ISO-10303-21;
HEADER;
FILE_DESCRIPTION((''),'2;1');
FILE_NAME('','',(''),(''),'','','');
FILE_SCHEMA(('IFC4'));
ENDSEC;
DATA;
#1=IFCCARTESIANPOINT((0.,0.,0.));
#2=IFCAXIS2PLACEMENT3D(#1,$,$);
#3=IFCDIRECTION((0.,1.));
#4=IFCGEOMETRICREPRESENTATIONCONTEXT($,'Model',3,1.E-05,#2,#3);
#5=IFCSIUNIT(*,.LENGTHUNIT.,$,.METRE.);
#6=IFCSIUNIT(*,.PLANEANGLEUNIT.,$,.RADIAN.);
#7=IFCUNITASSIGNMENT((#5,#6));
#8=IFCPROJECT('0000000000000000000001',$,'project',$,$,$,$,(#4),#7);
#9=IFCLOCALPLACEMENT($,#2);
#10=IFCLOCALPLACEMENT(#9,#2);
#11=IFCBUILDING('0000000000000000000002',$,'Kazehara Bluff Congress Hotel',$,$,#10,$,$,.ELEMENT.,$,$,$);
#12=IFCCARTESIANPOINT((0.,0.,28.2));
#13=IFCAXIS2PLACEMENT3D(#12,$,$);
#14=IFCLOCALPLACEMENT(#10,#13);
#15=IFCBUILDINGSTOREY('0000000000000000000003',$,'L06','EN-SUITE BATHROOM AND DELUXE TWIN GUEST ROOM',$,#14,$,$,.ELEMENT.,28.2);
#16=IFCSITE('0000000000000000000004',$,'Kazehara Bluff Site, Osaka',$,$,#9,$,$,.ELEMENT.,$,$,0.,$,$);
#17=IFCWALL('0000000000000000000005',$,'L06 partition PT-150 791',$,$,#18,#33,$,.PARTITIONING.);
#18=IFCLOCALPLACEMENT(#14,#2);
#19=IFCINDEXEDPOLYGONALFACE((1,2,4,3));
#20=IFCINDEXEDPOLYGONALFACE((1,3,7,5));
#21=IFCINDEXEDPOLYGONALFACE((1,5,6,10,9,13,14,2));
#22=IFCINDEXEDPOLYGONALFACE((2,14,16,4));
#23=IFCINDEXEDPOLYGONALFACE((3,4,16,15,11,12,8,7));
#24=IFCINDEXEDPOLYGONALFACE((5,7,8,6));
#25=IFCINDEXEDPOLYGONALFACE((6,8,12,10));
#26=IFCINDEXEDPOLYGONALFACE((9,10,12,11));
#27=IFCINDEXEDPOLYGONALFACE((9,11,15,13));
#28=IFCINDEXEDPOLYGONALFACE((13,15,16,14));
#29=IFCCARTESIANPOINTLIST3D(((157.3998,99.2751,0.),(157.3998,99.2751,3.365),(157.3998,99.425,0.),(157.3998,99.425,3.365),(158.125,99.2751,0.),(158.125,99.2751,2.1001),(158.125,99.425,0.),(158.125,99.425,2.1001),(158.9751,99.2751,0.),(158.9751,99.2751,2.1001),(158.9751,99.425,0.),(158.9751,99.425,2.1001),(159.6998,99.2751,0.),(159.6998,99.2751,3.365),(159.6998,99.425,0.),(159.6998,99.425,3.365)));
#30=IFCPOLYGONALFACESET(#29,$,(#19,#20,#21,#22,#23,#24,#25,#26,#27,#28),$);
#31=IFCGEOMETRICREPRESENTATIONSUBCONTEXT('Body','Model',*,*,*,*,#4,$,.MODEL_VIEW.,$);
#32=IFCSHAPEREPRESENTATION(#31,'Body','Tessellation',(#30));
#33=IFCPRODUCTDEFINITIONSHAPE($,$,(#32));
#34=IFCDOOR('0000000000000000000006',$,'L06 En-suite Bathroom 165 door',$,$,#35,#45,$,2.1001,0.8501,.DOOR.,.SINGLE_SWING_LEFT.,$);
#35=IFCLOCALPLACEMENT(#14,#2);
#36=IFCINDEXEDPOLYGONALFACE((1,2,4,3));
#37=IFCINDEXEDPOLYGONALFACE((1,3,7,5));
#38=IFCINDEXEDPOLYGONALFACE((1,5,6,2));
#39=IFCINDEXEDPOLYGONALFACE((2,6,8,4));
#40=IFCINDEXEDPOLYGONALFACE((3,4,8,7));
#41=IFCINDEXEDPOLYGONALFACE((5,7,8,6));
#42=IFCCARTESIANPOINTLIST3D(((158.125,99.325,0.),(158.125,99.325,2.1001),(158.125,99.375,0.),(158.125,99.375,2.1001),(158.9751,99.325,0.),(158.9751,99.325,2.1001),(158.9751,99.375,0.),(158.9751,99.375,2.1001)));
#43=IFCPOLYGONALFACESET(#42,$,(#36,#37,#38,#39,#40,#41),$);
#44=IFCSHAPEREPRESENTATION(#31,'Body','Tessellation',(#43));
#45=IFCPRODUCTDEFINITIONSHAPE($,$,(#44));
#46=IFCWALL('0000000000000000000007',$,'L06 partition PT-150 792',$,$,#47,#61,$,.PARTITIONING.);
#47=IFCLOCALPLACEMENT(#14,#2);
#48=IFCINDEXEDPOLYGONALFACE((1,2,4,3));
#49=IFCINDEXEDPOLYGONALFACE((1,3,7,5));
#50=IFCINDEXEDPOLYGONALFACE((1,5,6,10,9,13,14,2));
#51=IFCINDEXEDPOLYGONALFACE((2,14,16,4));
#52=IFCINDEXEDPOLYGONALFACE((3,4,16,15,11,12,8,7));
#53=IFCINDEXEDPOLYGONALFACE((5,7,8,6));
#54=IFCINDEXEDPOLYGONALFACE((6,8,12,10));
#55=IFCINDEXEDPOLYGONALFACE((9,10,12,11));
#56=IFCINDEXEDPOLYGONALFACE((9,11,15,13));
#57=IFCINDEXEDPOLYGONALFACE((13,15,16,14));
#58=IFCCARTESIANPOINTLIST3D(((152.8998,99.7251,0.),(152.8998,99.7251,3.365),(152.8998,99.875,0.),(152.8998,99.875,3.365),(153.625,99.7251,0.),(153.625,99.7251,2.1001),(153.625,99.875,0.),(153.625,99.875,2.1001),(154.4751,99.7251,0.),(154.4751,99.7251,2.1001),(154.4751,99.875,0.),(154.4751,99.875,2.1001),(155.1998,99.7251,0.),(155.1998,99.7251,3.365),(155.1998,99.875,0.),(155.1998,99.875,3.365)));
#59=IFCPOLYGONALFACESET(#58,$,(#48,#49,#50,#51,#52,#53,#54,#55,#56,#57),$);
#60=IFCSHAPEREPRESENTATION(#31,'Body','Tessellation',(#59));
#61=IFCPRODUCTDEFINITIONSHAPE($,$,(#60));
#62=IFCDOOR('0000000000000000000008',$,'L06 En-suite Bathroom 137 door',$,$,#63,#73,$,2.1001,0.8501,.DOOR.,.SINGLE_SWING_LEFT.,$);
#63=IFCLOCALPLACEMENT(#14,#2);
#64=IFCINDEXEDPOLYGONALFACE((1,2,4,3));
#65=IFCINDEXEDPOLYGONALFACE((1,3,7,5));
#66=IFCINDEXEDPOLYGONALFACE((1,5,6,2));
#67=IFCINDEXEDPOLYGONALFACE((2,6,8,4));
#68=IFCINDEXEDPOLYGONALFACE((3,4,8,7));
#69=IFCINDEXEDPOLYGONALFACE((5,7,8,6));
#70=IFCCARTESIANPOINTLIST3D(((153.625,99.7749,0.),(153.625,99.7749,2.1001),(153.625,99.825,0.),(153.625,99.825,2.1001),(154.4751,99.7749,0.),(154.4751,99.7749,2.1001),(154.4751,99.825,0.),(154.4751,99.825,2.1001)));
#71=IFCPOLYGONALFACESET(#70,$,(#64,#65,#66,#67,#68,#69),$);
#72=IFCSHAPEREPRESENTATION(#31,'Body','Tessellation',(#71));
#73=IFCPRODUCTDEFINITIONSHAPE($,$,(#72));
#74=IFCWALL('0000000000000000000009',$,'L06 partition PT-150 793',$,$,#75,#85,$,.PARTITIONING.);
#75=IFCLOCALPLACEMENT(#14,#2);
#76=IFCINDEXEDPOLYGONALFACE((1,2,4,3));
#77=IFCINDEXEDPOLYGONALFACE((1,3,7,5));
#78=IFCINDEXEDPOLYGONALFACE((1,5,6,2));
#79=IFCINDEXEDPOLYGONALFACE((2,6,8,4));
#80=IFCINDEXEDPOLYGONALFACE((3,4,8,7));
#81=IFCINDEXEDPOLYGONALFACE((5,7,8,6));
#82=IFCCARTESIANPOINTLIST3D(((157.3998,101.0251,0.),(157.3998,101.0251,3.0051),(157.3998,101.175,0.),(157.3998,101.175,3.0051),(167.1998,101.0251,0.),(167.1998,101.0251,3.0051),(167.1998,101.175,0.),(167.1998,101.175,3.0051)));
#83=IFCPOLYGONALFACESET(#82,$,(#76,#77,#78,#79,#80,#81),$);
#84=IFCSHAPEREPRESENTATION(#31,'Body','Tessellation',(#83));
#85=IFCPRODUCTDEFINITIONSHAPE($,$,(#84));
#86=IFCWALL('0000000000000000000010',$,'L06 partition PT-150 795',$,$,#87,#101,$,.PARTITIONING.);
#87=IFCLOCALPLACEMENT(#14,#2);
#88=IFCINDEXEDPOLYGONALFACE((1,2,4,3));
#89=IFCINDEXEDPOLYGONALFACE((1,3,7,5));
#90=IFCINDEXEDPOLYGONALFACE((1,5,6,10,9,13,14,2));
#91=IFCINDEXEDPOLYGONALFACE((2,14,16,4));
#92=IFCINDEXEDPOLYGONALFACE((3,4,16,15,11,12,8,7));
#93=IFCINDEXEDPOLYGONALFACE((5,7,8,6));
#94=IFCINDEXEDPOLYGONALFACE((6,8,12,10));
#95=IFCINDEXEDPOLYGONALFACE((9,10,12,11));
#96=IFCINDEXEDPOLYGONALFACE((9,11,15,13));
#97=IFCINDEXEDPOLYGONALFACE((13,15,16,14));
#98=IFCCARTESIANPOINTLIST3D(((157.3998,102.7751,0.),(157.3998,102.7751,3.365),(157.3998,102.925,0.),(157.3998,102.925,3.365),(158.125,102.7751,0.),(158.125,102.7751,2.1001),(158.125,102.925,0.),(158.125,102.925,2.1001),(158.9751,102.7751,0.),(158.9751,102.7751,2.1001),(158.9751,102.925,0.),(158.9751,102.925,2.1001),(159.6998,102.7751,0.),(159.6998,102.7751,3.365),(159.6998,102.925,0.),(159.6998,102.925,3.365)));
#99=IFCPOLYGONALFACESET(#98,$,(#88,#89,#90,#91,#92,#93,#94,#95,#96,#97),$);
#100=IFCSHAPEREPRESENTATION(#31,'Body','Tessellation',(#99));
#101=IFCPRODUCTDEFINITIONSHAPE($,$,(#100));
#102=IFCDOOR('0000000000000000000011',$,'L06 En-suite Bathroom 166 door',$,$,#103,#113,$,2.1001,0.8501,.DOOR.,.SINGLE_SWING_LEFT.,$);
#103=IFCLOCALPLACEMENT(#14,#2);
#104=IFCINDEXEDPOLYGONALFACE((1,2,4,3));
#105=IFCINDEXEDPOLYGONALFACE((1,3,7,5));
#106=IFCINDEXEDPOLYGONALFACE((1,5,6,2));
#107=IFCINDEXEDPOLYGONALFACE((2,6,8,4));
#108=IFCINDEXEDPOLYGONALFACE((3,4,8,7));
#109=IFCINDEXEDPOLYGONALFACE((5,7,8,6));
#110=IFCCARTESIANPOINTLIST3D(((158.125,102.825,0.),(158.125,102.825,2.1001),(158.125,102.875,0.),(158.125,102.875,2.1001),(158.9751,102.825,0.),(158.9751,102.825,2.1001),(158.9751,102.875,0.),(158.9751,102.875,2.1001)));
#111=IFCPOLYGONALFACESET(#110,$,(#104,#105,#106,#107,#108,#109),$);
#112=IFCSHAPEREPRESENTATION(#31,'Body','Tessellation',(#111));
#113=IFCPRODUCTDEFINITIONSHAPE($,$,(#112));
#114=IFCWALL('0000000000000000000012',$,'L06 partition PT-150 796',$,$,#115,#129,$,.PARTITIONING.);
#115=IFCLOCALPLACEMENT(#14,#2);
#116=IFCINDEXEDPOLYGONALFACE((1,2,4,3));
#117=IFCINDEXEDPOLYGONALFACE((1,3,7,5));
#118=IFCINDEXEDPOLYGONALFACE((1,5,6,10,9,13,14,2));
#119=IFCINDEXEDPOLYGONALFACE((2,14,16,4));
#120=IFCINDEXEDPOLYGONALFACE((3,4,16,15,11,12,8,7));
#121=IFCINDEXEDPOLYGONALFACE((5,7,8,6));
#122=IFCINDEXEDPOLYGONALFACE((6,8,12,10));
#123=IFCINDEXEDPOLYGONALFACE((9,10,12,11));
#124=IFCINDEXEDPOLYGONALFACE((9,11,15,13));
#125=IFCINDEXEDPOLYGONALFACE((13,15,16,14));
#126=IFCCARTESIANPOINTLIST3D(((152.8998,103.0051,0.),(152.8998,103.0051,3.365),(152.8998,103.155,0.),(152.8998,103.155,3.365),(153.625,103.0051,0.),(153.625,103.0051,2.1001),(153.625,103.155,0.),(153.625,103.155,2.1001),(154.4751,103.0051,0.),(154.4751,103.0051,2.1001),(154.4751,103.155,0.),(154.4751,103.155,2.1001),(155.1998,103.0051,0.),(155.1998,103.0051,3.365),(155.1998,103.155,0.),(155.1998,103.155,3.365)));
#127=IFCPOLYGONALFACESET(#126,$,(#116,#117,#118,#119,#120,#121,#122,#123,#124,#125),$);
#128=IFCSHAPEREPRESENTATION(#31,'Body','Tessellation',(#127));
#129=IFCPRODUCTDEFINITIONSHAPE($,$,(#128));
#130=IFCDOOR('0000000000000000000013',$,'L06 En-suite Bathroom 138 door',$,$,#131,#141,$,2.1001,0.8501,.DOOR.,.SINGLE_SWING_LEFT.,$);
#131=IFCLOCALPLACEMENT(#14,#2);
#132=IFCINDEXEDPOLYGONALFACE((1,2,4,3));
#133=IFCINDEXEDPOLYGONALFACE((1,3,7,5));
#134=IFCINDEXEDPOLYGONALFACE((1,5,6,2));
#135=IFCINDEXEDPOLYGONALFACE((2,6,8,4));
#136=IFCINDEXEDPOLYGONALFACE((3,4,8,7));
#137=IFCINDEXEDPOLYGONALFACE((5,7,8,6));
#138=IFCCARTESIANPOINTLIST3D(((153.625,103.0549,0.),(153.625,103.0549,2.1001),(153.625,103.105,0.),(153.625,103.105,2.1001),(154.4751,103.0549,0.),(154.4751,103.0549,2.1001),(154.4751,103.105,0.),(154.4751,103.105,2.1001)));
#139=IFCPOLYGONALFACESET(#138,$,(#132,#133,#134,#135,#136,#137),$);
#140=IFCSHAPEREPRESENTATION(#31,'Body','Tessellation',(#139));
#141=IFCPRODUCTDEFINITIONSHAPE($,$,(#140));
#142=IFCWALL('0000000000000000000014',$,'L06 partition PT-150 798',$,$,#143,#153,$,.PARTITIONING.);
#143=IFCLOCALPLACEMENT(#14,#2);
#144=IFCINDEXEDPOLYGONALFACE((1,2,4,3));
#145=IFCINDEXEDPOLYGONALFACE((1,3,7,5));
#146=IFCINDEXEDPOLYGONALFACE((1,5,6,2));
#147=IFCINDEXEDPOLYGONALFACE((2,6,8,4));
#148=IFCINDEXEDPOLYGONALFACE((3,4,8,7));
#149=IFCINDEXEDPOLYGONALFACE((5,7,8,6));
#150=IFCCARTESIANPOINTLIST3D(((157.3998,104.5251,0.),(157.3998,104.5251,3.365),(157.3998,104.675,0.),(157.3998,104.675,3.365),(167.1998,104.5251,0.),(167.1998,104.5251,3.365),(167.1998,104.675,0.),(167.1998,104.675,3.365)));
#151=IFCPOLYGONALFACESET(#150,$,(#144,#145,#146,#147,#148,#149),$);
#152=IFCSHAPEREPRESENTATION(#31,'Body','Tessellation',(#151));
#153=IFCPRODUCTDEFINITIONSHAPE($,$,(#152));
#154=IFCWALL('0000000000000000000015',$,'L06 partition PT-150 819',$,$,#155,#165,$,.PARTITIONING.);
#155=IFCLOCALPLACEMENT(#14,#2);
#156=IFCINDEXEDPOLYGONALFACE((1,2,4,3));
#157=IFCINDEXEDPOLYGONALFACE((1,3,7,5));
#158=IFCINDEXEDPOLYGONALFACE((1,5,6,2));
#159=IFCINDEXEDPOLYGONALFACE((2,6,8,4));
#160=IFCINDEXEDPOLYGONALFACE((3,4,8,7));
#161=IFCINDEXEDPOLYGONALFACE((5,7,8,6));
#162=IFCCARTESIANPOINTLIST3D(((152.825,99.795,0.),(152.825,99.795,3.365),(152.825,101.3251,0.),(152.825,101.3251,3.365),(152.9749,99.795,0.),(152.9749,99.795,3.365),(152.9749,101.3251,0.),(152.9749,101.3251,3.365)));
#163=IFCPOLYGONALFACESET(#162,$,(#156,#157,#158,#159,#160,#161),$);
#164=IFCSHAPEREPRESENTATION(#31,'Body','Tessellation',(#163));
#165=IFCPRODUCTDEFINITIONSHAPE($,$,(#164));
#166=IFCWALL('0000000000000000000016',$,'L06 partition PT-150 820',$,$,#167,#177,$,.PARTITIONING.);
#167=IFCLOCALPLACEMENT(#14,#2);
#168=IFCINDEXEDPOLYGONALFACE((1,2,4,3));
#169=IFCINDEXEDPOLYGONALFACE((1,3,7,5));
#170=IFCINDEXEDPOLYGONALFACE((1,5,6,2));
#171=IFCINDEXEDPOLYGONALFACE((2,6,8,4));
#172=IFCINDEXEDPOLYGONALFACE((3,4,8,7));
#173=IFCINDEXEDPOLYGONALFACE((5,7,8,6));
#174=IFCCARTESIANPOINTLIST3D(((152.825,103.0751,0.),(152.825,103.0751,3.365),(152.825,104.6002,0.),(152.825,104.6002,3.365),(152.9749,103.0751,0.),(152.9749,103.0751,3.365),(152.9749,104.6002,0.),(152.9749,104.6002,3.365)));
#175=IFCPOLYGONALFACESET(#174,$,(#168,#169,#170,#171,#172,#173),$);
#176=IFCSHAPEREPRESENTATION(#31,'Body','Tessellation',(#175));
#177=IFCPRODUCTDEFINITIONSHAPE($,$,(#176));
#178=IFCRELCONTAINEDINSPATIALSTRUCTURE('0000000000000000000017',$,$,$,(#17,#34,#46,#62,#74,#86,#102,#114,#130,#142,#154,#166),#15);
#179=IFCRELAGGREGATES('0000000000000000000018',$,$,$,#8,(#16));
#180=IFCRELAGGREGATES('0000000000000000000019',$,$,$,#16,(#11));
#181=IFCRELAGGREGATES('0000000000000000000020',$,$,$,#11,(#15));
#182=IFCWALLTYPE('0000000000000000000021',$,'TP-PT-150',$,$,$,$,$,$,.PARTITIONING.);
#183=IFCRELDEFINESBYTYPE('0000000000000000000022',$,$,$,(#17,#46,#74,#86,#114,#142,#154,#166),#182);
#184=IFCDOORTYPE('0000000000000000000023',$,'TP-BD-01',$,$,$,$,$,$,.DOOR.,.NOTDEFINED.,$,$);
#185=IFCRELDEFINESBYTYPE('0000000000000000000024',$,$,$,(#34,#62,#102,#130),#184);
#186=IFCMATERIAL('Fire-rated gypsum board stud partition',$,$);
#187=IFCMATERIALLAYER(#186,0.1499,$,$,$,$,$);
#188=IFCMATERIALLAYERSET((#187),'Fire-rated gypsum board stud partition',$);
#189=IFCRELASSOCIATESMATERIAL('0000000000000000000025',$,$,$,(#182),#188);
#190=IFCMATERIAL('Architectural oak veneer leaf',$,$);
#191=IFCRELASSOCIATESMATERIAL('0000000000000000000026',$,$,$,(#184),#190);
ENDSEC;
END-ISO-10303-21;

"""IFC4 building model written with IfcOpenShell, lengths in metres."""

from ifc_helpers import new_model, si_unit, direction, frame, frame_2d, origin, place, context, subcontext, project, spatial, rectangle, extrude, material, layer, layer_set, type_object, element, fill, save


model = new_model("IFC4")

# Units and contexts
model_context = context("Model", 3, precision=1e-05, world=origin(), true_north=direction((0.0, 1.0)))
body_context = subcontext(model_context, "Body", "Model", "MODEL_VIEW")
ifc_project = project(units=[si_unit("LENGTHUNIT", "METRE"), si_unit("PLANEANGLEUNIT", "RADIAN")], contexts=[model_context])

# Site, building, storey
site_placement = place(None, origin())
site = spatial("IfcSite", under=ifc_project, at=site_placement, Name="Kazehara Bluff Site, Osaka", CompositionType="ELEMENT", RefElevation=0.0)
building_placement = place(site_placement, origin())
building = spatial("IfcBuilding", under=site, at=building_placement, Name="Kazehara Bluff Congress Hotel", CompositionType="ELEMENT")
storey_placement = place(building_placement, frame((0.0, 0.0, 28.2)))
storey = spatial("IfcBuildingStorey", under=building, at=storey_placement, Name="L06", Description="EN-SUITE BATHROOM AND DELUXE TWIN GUEST ROOM", CompositionType="ELEMENT", Elevation=28.2)

# Shared definitions
ifc_material_1 = material(Name="Fire-rated gypsum board stud partition")
ifc_layer_1 = layer(ifc_material_1, 0.1499)
ifc_layer_set_1 = layer_set([ifc_layer_1], Name="Fire-rated gypsum board stud partition")
wall_type_1 = type_object("IfcWallType", Name="TP-PT-150", PredefinedType="PARTITIONING", material=ifc_layer_set_1)

# Walls, openings, doors
wall_1_placement = place(storey_placement, frame((157.3999, 99.3501, 0.0), z_axis=(0.0, 0.0, 1.0), x_axis=(1.0, 0.0, 0.0)))
wall_1 = element("IfcWall", 1, at=wall_1_placement, inside=storey, type_object=wall_type_1, Name="L06 partition PT-150 791", PredefinedType="PARTITIONING", context=body_context, shape_type="SweptSolid", body=[
    extrude(rectangle(XDim=2.3, YDim=0.1499, at=frame_2d((1.1499, 0.0))), origin(), (0.0, 0.0, 1.0), 3.365),
])
opening_1_placement = place(wall_1_placement, frame((0.7251, 0.0, 0.0)))
opening_1 = element("IfcOpeningElement", 2, at=opening_1_placement, cuts=wall_1, PredefinedType="OPENING", context=body_context, shape_type="SweptSolid", body=[
    extrude(rectangle(XDim=0.8501, YDim=2.1001, at=frame_2d((0.425, 1.05))), frame((0.0, 0.085, 0.0), z_axis=(0.0, -1.0, 0.0), x_axis=(1.0, 0.0, 0.0)), (0.0, 0.0, 1.0), 0.1699),
])
ifc_material_2 = material(Name="Architectural oak veneer leaf")
door_type = type_object("IfcDoorType", Name="TP-BD-01", OperationType="NOTDEFINED", PredefinedType="DOOR", material=ifc_material_2)
door_1_placement = place(opening_1_placement, origin())
door_1 = element("IfcDoor", 3, at=door_1_placement, inside=storey, type_object=door_type, Name="L06 En-suite Bathroom 165 door", OperationType="SINGLE_SWING_LEFT", OverallHeight=2.1001, OverallWidth=0.8501, PredefinedType="DOOR", context=body_context, shape_type="SweptSolid", body=[
    extrude(rectangle(XDim=0.8501, YDim=2.1001, at=frame_2d((0.425, 1.05))), frame((0.0, 0.0249, 0.0), z_axis=(0.0, -1.0, 0.0), x_axis=(1.0, 0.0, 0.0)), (0.0, 0.0, 1.0), 0.05),
])
fill(opening_1, door_1)
wall_2_placement = place(storey_placement, frame((152.8999, 99.8, 0.0), z_axis=(0.0, 0.0, 1.0), x_axis=(1.0, 0.0, 0.0)))
wall_2 = element("IfcWall", 4, at=wall_2_placement, inside=storey, type_object=wall_type_1, Name="L06 partition PT-150 792", PredefinedType="PARTITIONING", context=body_context, shape_type="SweptSolid", body=[
    extrude(rectangle(XDim=2.3, YDim=0.1499, at=frame_2d((1.1499, 0.0))), origin(), (0.0, 0.0, 1.0), 3.365),
])
opening_2_placement = place(wall_2_placement, frame((0.7251, 0.0, 0.0)))
opening_2 = element("IfcOpeningElement", 5, at=opening_2_placement, cuts=wall_2, PredefinedType="OPENING", context=body_context, shape_type="SweptSolid", body=[
    extrude(rectangle(XDim=0.8501, YDim=2.1001, at=frame_2d((0.425, 1.05))), frame((0.0, 0.085, 0.0), z_axis=(0.0, -1.0, 0.0), x_axis=(1.0, 0.0, 0.0)), (0.0, 0.0, 1.0), 0.1699),
])
door_2_placement = place(opening_2_placement, origin())
door_2 = element("IfcDoor", 6, at=door_2_placement, inside=storey, type_object=door_type, Name="L06 En-suite Bathroom 137 door", OperationType="SINGLE_SWING_LEFT", OverallHeight=2.1001, OverallWidth=0.8501, PredefinedType="DOOR", context=body_context, shape_type="SweptSolid", body=[
    extrude(rectangle(XDim=0.8501, YDim=2.1001, at=frame_2d((0.425, 1.05))), frame((0.0, 0.0249, 0.0), z_axis=(0.0, -1.0, 0.0), x_axis=(1.0, 0.0, 0.0)), (0.0, 0.0, 1.0), 0.05),
])
fill(opening_2, door_2)

# Wall
wall_3_placement = place(storey_placement, frame((157.3999, 101.1001, 0.0), z_axis=(0.0, 0.0, 1.0), x_axis=(1.0, 0.0, 0.0)))
element("IfcWall", 7, at=wall_3_placement, inside=storey, type_object=wall_type_1, Name="L06 partition PT-150 793", PredefinedType="PARTITIONING", context=body_context, shape_type="SweptSolid", body=[
    extrude(rectangle(XDim=9.8, YDim=0.1499, at=frame_2d((4.8999, 0.0))), origin(), (0.0, 0.0, 1.0), 3.0051),
])

# Walls, openings, doors
wall_4_placement = place(storey_placement, frame((157.3999, 102.8501, 0.0), z_axis=(0.0, 0.0, 1.0), x_axis=(1.0, 0.0, 0.0)))
wall_4 = element("IfcWall", 8, at=wall_4_placement, inside=storey, type_object=wall_type_1, Name="L06 partition PT-150 795", PredefinedType="PARTITIONING", context=body_context, shape_type="SweptSolid", body=[
    extrude(rectangle(XDim=2.3, YDim=0.1499, at=frame_2d((1.1499, 0.0))), origin(), (0.0, 0.0, 1.0), 3.365),
])
opening_3_placement = place(wall_4_placement, frame((0.7251, 0.0, 0.0)))
opening_3 = element("IfcOpeningElement", 9, at=opening_3_placement, cuts=wall_4, PredefinedType="OPENING", context=body_context, shape_type="SweptSolid", body=[
    extrude(rectangle(XDim=0.8501, YDim=2.1001, at=frame_2d((0.425, 1.05))), frame((0.0, 0.085, 0.0), z_axis=(0.0, -1.0, 0.0), x_axis=(1.0, 0.0, 0.0)), (0.0, 0.0, 1.0), 0.1699),
])
door_3_placement = place(opening_3_placement, origin())
door_3 = element("IfcDoor", 10, at=door_3_placement, inside=storey, type_object=door_type, Name="L06 En-suite Bathroom 166 door", OperationType="SINGLE_SWING_LEFT", OverallHeight=2.1001, OverallWidth=0.8501, PredefinedType="DOOR", context=body_context, shape_type="SweptSolid", body=[
    extrude(rectangle(XDim=0.8501, YDim=2.1001, at=frame_2d((0.425, 1.05))), frame((0.0, 0.0249, 0.0), z_axis=(0.0, -1.0, 0.0), x_axis=(1.0, 0.0, 0.0)), (0.0, 0.0, 1.0), 0.05),
])
fill(opening_3, door_3)
wall_5_placement = place(storey_placement, frame((152.8999, 103.0801, 0.0), z_axis=(0.0, 0.0, 1.0), x_axis=(1.0, 0.0, 0.0)))
wall_5 = element("IfcWall", 11, at=wall_5_placement, inside=storey, type_object=wall_type_1, Name="L06 partition PT-150 796", PredefinedType="PARTITIONING", context=body_context, shape_type="SweptSolid", body=[
    extrude(rectangle(XDim=2.3, YDim=0.1499, at=frame_2d((1.1499, 0.0))), origin(), (0.0, 0.0, 1.0), 3.365),
])
opening_4_placement = place(wall_5_placement, frame((0.7251, 0.0, 0.0)))
opening_4 = element("IfcOpeningElement", 12, at=opening_4_placement, cuts=wall_5, PredefinedType="OPENING", context=body_context, shape_type="SweptSolid", body=[
    extrude(rectangle(XDim=0.8501, YDim=2.1001, at=frame_2d((0.425, 1.05))), frame((0.0, 0.085, 0.0), z_axis=(0.0, -1.0, 0.0), x_axis=(1.0, 0.0, 0.0)), (0.0, 0.0, 1.0), 0.1699),
])
door_4_placement = place(opening_4_placement, origin())
door_4 = element("IfcDoor", 13, at=door_4_placement, inside=storey, type_object=door_type, Name="L06 En-suite Bathroom 138 door", OperationType="SINGLE_SWING_LEFT", OverallHeight=2.1001, OverallWidth=0.8501, PredefinedType="DOOR", context=body_context, shape_type="SweptSolid", body=[
    extrude(rectangle(XDim=0.8501, YDim=2.1001, at=frame_2d((0.425, 1.05))), frame((0.0, 0.0249, 0.0), z_axis=(0.0, -1.0, 0.0), x_axis=(1.0, 0.0, 0.0)), (0.0, 0.0, 1.0), 0.05),
])
fill(opening_4, door_4)

# Walls
wall_6_placement = place(storey_placement, frame((157.3999, 104.6001, 0.0), z_axis=(0.0, 0.0, 1.0), x_axis=(1.0, 0.0, 0.0)))
element("IfcWall", 14, at=wall_6_placement, inside=storey, type_object=wall_type_1, Name="L06 partition PT-150 798", PredefinedType="PARTITIONING", context=body_context, shape_type="SweptSolid", body=[
    extrude(rectangle(XDim=9.8, YDim=0.1499, at=frame_2d((4.8999, 0.0))), origin(), (0.0, 0.0, 1.0), 3.365),
])
wall_7_placement = place(storey_placement, frame((152.8999, 99.7949, 0.0), z_axis=(0.0, 0.0, 1.0), x_axis=(0.0, 1.0, 0.0)))
element("IfcWall", 15, at=wall_7_placement, inside=storey, type_object=wall_type_1, Name="L06 partition PT-150 819", PredefinedType="PARTITIONING", context=body_context, shape_type="SweptSolid", body=[
    extrude(rectangle(XDim=1.53, YDim=0.1499, at=frame_2d((0.7651, 0.0))), origin(), (0.0, 0.0, 1.0), 3.365),
])
wall_8_placement = place(storey_placement, frame((152.8999, 103.075, 0.0), z_axis=(0.0, 0.0, 1.0), x_axis=(0.0, 1.0, 0.0)))
element("IfcWall", 16, at=wall_8_placement, inside=storey, type_object=wall_type_1, Name="L06 partition PT-150 820", PredefinedType="PARTITIONING", context=body_context, shape_type="SweptSolid", body=[
    extrude(rectangle(XDim=1.5251, YDim=0.1499, at=frame_2d((0.7627, 0.0))), origin(), (0.0, 0.0, 1.0), 3.365),
])

save(model, "model.ifc")
